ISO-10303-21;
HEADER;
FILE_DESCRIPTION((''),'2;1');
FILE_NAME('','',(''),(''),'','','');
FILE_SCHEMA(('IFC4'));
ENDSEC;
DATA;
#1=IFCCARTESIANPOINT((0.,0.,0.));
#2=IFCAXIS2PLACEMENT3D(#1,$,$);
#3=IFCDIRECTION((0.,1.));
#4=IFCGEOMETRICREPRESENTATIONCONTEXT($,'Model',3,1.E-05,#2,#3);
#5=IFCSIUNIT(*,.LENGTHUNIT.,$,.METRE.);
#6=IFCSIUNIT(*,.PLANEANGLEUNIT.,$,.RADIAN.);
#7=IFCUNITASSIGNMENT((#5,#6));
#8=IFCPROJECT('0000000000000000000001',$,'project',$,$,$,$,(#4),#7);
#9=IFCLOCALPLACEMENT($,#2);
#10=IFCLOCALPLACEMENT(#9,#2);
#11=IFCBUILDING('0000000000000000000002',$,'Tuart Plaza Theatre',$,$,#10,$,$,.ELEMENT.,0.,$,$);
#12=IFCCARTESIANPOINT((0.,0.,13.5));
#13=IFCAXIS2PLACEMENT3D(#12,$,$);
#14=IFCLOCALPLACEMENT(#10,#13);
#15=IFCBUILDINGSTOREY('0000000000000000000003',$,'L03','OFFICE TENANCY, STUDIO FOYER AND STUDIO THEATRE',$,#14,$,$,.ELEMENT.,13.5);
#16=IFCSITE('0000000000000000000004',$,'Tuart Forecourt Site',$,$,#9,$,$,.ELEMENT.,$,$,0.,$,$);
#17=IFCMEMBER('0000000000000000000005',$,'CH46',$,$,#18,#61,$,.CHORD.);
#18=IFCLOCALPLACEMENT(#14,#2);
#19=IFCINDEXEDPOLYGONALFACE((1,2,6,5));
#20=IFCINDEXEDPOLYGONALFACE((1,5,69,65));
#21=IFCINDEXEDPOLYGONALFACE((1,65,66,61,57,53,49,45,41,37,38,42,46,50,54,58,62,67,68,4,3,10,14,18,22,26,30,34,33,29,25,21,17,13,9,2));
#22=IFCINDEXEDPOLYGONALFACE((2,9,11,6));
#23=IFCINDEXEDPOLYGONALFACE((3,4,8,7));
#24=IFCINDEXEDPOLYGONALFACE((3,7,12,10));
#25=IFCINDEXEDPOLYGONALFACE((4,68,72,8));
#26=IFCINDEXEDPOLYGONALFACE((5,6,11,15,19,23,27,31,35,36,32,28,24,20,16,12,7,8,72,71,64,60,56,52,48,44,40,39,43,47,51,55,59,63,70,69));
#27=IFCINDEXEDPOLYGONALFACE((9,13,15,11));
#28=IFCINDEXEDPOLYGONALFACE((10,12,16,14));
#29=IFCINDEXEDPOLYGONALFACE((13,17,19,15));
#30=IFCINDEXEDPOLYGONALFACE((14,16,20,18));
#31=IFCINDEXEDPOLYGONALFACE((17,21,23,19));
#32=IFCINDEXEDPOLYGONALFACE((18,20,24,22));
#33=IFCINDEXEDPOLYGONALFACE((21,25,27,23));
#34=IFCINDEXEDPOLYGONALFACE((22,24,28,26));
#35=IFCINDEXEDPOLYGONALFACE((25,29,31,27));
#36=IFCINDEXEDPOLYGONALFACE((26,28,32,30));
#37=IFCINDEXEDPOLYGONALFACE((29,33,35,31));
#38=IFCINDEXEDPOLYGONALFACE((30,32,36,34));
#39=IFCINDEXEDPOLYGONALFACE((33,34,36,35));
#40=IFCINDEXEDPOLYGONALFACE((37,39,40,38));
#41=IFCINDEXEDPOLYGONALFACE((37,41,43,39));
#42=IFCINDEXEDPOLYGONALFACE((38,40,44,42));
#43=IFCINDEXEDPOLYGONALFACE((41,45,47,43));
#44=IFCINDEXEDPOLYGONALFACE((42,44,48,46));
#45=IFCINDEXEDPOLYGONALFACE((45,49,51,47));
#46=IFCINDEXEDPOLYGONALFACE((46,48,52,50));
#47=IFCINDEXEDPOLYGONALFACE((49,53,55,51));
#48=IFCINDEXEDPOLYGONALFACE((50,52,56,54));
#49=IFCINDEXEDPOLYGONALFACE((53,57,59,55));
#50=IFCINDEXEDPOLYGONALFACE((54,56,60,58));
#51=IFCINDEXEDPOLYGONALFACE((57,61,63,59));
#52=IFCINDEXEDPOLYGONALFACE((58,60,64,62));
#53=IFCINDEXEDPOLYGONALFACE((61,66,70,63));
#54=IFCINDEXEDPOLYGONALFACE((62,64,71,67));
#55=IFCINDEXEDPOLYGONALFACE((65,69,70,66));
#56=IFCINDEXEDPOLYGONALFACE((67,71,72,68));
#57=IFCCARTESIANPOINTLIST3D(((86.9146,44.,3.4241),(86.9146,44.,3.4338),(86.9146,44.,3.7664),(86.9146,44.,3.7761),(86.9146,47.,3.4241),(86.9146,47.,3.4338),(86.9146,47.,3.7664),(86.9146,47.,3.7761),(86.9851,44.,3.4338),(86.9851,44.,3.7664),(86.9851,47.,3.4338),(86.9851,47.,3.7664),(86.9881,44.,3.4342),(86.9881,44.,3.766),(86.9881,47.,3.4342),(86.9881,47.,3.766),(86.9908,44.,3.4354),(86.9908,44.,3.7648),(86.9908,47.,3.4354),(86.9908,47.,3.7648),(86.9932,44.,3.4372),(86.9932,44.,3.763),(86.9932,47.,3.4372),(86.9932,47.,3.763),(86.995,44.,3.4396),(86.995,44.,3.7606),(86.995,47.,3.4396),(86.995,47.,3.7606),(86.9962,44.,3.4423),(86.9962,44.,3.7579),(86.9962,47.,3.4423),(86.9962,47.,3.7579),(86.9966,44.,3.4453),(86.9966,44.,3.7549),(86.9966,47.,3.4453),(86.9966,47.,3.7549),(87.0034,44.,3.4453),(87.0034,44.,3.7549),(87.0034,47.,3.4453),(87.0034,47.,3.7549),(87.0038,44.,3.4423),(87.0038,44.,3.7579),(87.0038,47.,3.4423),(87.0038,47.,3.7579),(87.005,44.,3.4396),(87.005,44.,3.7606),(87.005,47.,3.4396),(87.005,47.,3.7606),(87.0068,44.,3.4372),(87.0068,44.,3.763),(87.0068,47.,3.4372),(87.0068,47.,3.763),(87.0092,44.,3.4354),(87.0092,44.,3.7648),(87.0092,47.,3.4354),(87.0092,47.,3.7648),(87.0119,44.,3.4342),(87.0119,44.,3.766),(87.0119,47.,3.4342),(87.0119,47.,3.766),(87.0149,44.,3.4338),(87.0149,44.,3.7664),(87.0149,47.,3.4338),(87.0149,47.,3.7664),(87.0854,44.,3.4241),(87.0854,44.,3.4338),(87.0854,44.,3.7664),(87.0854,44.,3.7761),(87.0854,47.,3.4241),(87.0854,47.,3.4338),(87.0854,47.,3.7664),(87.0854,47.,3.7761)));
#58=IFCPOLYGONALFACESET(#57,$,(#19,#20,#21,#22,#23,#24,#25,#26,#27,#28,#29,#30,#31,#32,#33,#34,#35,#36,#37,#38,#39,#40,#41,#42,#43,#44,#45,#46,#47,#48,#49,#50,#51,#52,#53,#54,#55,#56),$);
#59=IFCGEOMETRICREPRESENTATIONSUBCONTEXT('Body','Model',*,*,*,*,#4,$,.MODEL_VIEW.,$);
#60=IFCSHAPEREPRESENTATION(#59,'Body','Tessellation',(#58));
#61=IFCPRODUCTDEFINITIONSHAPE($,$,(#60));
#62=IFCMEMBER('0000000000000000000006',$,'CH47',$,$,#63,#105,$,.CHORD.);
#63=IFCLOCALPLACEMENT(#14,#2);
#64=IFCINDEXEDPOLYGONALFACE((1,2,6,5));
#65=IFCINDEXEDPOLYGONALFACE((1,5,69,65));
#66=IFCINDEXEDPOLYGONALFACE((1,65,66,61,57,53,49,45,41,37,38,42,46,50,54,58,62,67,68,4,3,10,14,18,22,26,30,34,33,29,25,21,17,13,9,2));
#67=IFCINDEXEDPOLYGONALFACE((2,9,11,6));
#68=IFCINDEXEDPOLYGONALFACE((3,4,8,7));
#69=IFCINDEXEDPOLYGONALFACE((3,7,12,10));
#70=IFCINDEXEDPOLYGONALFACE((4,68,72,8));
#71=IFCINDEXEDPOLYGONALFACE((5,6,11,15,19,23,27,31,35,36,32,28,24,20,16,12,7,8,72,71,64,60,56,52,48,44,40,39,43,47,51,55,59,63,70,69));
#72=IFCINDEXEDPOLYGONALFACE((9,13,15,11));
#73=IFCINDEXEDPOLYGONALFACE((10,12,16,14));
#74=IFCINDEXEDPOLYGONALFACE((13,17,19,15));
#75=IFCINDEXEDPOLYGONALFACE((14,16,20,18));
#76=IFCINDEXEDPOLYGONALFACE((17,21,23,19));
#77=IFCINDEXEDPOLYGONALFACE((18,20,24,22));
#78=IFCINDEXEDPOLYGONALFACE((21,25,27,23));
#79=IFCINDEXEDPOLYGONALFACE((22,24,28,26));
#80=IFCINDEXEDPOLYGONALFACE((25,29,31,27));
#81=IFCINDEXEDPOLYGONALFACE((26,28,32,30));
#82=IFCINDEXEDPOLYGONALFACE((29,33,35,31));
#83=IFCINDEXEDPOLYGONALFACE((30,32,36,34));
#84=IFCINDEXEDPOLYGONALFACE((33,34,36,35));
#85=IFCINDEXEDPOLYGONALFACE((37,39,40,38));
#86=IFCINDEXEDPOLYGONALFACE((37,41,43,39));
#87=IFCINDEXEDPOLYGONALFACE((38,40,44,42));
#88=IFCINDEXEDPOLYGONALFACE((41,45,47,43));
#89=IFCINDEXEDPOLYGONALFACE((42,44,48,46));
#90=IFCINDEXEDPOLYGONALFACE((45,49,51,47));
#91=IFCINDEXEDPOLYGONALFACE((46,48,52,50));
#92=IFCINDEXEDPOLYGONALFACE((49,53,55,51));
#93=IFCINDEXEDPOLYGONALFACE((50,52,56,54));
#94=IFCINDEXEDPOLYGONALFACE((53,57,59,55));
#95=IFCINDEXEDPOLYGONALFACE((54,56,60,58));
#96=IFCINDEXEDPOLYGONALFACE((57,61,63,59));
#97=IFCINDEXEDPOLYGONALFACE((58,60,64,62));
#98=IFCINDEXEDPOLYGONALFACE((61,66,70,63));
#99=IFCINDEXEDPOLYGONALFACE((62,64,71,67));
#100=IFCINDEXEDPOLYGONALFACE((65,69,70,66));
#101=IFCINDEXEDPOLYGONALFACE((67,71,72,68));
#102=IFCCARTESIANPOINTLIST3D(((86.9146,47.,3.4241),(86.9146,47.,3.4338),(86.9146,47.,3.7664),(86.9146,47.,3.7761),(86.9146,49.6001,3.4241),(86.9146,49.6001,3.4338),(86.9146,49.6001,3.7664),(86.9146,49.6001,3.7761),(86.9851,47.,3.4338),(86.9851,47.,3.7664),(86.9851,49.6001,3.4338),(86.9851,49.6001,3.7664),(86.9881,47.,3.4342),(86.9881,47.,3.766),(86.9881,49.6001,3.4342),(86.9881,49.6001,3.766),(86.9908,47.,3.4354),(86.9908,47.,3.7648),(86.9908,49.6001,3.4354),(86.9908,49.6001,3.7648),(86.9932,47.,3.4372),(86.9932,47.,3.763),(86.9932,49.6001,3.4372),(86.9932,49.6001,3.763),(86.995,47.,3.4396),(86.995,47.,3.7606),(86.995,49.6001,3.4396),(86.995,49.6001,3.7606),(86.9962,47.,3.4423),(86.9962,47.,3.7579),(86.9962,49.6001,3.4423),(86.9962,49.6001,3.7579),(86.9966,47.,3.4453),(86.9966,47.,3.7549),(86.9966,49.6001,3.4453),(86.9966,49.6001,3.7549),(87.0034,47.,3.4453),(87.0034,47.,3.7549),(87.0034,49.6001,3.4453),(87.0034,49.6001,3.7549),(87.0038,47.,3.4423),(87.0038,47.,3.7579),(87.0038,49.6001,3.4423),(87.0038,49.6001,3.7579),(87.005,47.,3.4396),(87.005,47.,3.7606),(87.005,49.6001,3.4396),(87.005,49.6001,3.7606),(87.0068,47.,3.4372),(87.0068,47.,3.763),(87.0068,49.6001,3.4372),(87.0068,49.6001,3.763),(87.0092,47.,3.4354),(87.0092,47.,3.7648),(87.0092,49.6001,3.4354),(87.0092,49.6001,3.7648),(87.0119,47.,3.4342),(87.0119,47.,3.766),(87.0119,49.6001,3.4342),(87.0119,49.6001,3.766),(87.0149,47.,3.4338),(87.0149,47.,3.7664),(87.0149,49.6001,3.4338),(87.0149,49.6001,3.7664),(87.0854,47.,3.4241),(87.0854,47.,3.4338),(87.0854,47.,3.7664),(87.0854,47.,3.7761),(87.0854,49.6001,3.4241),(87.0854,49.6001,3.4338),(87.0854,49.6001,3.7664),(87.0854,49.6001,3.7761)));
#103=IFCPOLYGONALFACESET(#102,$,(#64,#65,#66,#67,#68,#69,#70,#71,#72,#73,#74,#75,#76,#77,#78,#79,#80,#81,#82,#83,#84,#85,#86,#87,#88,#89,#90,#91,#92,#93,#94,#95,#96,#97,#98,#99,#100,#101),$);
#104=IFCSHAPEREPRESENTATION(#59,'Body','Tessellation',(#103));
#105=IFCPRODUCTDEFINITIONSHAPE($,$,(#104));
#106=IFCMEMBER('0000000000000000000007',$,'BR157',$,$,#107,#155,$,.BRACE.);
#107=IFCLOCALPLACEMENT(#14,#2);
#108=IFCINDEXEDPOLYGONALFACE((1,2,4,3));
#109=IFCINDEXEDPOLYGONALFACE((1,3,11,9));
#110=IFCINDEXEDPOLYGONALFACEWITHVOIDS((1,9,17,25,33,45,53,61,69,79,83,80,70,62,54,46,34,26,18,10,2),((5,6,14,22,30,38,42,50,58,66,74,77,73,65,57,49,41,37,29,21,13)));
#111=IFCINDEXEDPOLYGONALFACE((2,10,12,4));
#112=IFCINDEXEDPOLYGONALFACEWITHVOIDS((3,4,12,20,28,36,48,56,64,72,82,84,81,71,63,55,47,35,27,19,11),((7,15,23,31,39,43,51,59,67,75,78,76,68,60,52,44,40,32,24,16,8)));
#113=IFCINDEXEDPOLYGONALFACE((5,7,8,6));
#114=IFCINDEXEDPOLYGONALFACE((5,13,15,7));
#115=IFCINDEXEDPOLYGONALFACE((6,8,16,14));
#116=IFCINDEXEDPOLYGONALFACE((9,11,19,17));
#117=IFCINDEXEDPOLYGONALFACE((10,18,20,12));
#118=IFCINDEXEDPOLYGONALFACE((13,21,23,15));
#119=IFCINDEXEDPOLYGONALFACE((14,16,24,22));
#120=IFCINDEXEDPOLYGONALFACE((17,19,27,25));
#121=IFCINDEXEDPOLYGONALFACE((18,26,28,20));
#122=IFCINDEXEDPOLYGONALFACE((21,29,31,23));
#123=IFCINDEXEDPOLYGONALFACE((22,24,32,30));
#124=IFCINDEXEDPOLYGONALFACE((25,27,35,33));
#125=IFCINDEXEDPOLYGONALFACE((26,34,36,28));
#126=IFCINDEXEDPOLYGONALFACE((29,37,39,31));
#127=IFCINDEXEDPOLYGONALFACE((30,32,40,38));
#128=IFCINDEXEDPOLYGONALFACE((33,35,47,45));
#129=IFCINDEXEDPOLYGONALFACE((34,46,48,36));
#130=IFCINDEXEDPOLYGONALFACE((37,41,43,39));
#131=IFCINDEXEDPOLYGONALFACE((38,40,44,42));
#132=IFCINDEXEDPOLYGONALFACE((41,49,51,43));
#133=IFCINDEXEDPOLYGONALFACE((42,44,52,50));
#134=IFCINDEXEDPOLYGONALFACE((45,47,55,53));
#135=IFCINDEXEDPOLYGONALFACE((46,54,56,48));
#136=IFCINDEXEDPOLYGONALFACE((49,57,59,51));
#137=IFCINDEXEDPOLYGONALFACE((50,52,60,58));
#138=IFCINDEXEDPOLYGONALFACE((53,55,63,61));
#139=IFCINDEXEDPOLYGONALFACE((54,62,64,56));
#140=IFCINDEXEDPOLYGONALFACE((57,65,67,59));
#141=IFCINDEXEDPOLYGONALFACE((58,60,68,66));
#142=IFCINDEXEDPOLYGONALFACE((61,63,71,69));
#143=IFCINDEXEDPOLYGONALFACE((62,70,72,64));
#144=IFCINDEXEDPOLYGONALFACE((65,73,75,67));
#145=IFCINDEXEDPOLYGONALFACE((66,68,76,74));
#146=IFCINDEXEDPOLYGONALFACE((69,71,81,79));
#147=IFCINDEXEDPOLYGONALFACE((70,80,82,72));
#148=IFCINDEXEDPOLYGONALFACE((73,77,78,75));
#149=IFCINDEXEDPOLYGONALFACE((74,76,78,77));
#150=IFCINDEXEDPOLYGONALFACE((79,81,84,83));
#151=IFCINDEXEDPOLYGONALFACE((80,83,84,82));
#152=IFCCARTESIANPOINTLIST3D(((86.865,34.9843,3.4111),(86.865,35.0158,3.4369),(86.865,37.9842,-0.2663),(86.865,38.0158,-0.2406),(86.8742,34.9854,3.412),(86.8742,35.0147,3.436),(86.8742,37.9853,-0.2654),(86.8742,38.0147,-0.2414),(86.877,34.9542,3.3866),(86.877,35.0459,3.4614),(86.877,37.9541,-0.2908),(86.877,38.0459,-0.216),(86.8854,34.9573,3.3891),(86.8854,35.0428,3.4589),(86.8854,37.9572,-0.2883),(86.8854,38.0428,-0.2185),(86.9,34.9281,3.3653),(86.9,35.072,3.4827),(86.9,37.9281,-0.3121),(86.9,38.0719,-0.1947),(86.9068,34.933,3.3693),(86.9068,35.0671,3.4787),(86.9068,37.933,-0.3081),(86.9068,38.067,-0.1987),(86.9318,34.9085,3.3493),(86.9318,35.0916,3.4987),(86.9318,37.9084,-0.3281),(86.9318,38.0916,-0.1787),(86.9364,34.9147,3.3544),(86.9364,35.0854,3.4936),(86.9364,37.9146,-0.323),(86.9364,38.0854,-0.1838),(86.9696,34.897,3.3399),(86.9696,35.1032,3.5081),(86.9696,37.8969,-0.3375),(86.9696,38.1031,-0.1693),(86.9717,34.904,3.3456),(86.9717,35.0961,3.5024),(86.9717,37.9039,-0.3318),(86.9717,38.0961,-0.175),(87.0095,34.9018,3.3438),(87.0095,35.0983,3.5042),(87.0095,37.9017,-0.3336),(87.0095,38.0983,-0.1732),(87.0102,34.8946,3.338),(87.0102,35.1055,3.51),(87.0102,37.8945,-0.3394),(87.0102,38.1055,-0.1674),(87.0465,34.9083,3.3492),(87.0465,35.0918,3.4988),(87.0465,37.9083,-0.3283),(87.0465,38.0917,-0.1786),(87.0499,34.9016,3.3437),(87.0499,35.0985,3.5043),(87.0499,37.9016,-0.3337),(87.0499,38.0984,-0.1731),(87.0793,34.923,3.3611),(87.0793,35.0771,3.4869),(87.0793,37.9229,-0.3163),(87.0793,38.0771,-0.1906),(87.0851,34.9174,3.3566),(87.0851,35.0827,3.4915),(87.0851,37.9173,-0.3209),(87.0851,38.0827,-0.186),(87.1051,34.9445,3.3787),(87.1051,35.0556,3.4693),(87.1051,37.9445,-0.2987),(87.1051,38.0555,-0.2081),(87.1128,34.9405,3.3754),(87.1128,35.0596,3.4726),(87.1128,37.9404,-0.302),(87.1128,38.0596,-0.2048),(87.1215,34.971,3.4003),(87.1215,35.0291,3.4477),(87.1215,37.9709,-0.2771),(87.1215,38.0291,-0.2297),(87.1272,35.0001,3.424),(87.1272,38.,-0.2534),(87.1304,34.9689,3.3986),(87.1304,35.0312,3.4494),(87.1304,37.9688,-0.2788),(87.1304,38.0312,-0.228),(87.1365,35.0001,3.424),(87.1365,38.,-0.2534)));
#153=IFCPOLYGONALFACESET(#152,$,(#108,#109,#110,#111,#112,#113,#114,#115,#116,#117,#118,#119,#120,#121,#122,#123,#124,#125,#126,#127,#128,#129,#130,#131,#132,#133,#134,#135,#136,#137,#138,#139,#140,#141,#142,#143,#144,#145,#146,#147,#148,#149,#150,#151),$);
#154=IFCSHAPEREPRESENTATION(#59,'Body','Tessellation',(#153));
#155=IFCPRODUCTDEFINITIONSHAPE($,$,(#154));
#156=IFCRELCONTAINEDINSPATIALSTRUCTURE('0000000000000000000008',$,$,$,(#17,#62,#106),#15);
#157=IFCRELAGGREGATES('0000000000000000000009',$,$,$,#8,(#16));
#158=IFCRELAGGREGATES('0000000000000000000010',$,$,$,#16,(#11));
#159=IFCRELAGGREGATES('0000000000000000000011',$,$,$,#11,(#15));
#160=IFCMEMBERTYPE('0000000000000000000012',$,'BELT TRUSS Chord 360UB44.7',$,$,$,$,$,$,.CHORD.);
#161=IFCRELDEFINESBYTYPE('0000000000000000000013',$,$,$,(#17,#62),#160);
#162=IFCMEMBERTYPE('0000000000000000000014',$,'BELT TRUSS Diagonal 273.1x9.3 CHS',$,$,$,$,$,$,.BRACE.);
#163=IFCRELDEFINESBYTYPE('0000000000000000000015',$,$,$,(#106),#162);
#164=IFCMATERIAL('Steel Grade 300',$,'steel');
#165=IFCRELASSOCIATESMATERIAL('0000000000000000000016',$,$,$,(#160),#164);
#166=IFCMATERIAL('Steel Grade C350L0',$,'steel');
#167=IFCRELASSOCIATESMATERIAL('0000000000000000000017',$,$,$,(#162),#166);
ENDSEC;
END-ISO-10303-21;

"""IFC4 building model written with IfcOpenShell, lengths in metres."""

from ifc_helpers import new_model, si_unit, direction, frame, origin, origin_2d, place, context, subcontext, project, spatial, hollow_circle, i_section, extrude, material, material_profile, profile_set, type_object, element, save


model = new_model("IFC4")

# Units and contexts
model_context = context("Model", 3, precision=1e-05, world=origin(), true_north=direction((0.0, 1.0)))
body_context = subcontext(model_context, "Body", "Model", "MODEL_VIEW")
ifc_project = project(units=[si_unit("LENGTHUNIT", "METRE"), si_unit("PLANEANGLEUNIT", "RADIAN")], contexts=[model_context])

# Site, building, storey
site_placement = place(None, origin())
site = spatial("IfcSite", under=ifc_project, at=site_placement, Name="Tuart Forecourt Site", CompositionType="ELEMENT", RefElevation=0.0)
building_placement = place(site_placement, origin())
building = spatial("IfcBuilding", under=site, at=building_placement, Name="Tuart Plaza Theatre", CompositionType="ELEMENT", ElevationOfRefHeight=0.0)
storey_placement = place(building_placement, frame((0.0, 0.0, 13.5)))
storey = spatial("IfcBuildingStorey", under=building, at=storey_placement, Name="L03", Description="OFFICE TENANCY, STUDIO FOYER AND STUDIO THEATRE", CompositionType="ELEMENT", Elevation=13.5)

# Members
ifc_material_1 = material(Name="Steel Grade 300", Category="steel")
ifc_material_profile_1 = material_profile(ifc_material_1, i_section(OverallWidth=0.1709, OverallDepth=0.3521, WebThickness=0.0068, FlangeThickness=0.0098, FilletRadius=0.0115, at=origin_2d()), Name="360UB44.7")
ifc_profile_set_1 = profile_set([ifc_material_profile_1], Name="Steel Grade 300")
member_type_1 = type_object("IfcMemberType", Name="BELT TRUSS Chord 360UB44.7", PredefinedType="CHORD", material=ifc_profile_set_1)
for number, where, z_axis, x_axis, name in (
    (1, (87.0, 44.0, 3.6001), (0.0, 1.0, 0.0), (-1.0, 0.0, 0.0), "CH46"),
):
    element("IfcMember", number, at=place(storey_placement, frame(where, z_axis=z_axis, x_axis=x_axis)), inside=storey, type_object=member_type_1, Name=name, PredefinedType="CHORD", context=body_context, shape_type="SweptSolid", body=[
        extrude(i_section(OverallWidth=0.1709, OverallDepth=0.3521, WebThickness=0.0068, FlangeThickness=0.0098, FilletRadius=0.0115, at=origin_2d()), origin(), (0.0, 0.0, 1.0), 3.0),
    ])
member_placement = place(storey_placement, frame((87.0, 47.0, 3.6001), z_axis=(0.0, 1.0, 0.0), x_axis=(-1.0, 0.0, 0.0)))
element("IfcMember", 2, at=member_placement, inside=storey, type_object=member_type_1, Name="CH47", PredefinedType="CHORD", context=body_context, shape_type="SweptSolid", body=[
    extrude(i_section(OverallWidth=0.1709, OverallDepth=0.3521, WebThickness=0.0068, FlangeThickness=0.0098, FilletRadius=0.0115, at=origin_2d()), origin(), (0.0, 0.0, 1.0), 2.6001),
])
ifc_material_2 = material(Name="Steel Grade C350L0", Category="steel")
ifc_material_profile_2 = material_profile(ifc_material_2, hollow_circle(Radius=0.1365, WallThickness=0.0093, at=origin_2d()), Name="273.1x9.3 CHS")
ifc_profile_set_2 = profile_set([ifc_material_profile_2], Name="Steel Grade C350L0")
member_type_2 = type_object("IfcMemberType", Name="BELT TRUSS Diagonal 273.1x9.3 CHS", PredefinedType="BRACE", material=ifc_profile_set_2)
for number, where, z_axis, x_axis, name in (
    (3, (87.0, 38.0, -0.2534), (0.0, -0.632119, 0.774871), (1.0, 0.0, 0.0), "BR157"),
):
    element("IfcMember", number, at=place(storey_placement, frame(where, z_axis=z_axis, x_axis=x_axis)), inside=storey, type_object=member_type_2, Name=name, PredefinedType="BRACE", context=body_context, shape_type="SweptSolid", body=[
        extrude(hollow_circle(Radius=0.1365, WallThickness=0.0093, at=origin_2d()), origin(), (0.0, 0.0, 1.0), 4.7458),
    ])

save(model, "model.ifc")
